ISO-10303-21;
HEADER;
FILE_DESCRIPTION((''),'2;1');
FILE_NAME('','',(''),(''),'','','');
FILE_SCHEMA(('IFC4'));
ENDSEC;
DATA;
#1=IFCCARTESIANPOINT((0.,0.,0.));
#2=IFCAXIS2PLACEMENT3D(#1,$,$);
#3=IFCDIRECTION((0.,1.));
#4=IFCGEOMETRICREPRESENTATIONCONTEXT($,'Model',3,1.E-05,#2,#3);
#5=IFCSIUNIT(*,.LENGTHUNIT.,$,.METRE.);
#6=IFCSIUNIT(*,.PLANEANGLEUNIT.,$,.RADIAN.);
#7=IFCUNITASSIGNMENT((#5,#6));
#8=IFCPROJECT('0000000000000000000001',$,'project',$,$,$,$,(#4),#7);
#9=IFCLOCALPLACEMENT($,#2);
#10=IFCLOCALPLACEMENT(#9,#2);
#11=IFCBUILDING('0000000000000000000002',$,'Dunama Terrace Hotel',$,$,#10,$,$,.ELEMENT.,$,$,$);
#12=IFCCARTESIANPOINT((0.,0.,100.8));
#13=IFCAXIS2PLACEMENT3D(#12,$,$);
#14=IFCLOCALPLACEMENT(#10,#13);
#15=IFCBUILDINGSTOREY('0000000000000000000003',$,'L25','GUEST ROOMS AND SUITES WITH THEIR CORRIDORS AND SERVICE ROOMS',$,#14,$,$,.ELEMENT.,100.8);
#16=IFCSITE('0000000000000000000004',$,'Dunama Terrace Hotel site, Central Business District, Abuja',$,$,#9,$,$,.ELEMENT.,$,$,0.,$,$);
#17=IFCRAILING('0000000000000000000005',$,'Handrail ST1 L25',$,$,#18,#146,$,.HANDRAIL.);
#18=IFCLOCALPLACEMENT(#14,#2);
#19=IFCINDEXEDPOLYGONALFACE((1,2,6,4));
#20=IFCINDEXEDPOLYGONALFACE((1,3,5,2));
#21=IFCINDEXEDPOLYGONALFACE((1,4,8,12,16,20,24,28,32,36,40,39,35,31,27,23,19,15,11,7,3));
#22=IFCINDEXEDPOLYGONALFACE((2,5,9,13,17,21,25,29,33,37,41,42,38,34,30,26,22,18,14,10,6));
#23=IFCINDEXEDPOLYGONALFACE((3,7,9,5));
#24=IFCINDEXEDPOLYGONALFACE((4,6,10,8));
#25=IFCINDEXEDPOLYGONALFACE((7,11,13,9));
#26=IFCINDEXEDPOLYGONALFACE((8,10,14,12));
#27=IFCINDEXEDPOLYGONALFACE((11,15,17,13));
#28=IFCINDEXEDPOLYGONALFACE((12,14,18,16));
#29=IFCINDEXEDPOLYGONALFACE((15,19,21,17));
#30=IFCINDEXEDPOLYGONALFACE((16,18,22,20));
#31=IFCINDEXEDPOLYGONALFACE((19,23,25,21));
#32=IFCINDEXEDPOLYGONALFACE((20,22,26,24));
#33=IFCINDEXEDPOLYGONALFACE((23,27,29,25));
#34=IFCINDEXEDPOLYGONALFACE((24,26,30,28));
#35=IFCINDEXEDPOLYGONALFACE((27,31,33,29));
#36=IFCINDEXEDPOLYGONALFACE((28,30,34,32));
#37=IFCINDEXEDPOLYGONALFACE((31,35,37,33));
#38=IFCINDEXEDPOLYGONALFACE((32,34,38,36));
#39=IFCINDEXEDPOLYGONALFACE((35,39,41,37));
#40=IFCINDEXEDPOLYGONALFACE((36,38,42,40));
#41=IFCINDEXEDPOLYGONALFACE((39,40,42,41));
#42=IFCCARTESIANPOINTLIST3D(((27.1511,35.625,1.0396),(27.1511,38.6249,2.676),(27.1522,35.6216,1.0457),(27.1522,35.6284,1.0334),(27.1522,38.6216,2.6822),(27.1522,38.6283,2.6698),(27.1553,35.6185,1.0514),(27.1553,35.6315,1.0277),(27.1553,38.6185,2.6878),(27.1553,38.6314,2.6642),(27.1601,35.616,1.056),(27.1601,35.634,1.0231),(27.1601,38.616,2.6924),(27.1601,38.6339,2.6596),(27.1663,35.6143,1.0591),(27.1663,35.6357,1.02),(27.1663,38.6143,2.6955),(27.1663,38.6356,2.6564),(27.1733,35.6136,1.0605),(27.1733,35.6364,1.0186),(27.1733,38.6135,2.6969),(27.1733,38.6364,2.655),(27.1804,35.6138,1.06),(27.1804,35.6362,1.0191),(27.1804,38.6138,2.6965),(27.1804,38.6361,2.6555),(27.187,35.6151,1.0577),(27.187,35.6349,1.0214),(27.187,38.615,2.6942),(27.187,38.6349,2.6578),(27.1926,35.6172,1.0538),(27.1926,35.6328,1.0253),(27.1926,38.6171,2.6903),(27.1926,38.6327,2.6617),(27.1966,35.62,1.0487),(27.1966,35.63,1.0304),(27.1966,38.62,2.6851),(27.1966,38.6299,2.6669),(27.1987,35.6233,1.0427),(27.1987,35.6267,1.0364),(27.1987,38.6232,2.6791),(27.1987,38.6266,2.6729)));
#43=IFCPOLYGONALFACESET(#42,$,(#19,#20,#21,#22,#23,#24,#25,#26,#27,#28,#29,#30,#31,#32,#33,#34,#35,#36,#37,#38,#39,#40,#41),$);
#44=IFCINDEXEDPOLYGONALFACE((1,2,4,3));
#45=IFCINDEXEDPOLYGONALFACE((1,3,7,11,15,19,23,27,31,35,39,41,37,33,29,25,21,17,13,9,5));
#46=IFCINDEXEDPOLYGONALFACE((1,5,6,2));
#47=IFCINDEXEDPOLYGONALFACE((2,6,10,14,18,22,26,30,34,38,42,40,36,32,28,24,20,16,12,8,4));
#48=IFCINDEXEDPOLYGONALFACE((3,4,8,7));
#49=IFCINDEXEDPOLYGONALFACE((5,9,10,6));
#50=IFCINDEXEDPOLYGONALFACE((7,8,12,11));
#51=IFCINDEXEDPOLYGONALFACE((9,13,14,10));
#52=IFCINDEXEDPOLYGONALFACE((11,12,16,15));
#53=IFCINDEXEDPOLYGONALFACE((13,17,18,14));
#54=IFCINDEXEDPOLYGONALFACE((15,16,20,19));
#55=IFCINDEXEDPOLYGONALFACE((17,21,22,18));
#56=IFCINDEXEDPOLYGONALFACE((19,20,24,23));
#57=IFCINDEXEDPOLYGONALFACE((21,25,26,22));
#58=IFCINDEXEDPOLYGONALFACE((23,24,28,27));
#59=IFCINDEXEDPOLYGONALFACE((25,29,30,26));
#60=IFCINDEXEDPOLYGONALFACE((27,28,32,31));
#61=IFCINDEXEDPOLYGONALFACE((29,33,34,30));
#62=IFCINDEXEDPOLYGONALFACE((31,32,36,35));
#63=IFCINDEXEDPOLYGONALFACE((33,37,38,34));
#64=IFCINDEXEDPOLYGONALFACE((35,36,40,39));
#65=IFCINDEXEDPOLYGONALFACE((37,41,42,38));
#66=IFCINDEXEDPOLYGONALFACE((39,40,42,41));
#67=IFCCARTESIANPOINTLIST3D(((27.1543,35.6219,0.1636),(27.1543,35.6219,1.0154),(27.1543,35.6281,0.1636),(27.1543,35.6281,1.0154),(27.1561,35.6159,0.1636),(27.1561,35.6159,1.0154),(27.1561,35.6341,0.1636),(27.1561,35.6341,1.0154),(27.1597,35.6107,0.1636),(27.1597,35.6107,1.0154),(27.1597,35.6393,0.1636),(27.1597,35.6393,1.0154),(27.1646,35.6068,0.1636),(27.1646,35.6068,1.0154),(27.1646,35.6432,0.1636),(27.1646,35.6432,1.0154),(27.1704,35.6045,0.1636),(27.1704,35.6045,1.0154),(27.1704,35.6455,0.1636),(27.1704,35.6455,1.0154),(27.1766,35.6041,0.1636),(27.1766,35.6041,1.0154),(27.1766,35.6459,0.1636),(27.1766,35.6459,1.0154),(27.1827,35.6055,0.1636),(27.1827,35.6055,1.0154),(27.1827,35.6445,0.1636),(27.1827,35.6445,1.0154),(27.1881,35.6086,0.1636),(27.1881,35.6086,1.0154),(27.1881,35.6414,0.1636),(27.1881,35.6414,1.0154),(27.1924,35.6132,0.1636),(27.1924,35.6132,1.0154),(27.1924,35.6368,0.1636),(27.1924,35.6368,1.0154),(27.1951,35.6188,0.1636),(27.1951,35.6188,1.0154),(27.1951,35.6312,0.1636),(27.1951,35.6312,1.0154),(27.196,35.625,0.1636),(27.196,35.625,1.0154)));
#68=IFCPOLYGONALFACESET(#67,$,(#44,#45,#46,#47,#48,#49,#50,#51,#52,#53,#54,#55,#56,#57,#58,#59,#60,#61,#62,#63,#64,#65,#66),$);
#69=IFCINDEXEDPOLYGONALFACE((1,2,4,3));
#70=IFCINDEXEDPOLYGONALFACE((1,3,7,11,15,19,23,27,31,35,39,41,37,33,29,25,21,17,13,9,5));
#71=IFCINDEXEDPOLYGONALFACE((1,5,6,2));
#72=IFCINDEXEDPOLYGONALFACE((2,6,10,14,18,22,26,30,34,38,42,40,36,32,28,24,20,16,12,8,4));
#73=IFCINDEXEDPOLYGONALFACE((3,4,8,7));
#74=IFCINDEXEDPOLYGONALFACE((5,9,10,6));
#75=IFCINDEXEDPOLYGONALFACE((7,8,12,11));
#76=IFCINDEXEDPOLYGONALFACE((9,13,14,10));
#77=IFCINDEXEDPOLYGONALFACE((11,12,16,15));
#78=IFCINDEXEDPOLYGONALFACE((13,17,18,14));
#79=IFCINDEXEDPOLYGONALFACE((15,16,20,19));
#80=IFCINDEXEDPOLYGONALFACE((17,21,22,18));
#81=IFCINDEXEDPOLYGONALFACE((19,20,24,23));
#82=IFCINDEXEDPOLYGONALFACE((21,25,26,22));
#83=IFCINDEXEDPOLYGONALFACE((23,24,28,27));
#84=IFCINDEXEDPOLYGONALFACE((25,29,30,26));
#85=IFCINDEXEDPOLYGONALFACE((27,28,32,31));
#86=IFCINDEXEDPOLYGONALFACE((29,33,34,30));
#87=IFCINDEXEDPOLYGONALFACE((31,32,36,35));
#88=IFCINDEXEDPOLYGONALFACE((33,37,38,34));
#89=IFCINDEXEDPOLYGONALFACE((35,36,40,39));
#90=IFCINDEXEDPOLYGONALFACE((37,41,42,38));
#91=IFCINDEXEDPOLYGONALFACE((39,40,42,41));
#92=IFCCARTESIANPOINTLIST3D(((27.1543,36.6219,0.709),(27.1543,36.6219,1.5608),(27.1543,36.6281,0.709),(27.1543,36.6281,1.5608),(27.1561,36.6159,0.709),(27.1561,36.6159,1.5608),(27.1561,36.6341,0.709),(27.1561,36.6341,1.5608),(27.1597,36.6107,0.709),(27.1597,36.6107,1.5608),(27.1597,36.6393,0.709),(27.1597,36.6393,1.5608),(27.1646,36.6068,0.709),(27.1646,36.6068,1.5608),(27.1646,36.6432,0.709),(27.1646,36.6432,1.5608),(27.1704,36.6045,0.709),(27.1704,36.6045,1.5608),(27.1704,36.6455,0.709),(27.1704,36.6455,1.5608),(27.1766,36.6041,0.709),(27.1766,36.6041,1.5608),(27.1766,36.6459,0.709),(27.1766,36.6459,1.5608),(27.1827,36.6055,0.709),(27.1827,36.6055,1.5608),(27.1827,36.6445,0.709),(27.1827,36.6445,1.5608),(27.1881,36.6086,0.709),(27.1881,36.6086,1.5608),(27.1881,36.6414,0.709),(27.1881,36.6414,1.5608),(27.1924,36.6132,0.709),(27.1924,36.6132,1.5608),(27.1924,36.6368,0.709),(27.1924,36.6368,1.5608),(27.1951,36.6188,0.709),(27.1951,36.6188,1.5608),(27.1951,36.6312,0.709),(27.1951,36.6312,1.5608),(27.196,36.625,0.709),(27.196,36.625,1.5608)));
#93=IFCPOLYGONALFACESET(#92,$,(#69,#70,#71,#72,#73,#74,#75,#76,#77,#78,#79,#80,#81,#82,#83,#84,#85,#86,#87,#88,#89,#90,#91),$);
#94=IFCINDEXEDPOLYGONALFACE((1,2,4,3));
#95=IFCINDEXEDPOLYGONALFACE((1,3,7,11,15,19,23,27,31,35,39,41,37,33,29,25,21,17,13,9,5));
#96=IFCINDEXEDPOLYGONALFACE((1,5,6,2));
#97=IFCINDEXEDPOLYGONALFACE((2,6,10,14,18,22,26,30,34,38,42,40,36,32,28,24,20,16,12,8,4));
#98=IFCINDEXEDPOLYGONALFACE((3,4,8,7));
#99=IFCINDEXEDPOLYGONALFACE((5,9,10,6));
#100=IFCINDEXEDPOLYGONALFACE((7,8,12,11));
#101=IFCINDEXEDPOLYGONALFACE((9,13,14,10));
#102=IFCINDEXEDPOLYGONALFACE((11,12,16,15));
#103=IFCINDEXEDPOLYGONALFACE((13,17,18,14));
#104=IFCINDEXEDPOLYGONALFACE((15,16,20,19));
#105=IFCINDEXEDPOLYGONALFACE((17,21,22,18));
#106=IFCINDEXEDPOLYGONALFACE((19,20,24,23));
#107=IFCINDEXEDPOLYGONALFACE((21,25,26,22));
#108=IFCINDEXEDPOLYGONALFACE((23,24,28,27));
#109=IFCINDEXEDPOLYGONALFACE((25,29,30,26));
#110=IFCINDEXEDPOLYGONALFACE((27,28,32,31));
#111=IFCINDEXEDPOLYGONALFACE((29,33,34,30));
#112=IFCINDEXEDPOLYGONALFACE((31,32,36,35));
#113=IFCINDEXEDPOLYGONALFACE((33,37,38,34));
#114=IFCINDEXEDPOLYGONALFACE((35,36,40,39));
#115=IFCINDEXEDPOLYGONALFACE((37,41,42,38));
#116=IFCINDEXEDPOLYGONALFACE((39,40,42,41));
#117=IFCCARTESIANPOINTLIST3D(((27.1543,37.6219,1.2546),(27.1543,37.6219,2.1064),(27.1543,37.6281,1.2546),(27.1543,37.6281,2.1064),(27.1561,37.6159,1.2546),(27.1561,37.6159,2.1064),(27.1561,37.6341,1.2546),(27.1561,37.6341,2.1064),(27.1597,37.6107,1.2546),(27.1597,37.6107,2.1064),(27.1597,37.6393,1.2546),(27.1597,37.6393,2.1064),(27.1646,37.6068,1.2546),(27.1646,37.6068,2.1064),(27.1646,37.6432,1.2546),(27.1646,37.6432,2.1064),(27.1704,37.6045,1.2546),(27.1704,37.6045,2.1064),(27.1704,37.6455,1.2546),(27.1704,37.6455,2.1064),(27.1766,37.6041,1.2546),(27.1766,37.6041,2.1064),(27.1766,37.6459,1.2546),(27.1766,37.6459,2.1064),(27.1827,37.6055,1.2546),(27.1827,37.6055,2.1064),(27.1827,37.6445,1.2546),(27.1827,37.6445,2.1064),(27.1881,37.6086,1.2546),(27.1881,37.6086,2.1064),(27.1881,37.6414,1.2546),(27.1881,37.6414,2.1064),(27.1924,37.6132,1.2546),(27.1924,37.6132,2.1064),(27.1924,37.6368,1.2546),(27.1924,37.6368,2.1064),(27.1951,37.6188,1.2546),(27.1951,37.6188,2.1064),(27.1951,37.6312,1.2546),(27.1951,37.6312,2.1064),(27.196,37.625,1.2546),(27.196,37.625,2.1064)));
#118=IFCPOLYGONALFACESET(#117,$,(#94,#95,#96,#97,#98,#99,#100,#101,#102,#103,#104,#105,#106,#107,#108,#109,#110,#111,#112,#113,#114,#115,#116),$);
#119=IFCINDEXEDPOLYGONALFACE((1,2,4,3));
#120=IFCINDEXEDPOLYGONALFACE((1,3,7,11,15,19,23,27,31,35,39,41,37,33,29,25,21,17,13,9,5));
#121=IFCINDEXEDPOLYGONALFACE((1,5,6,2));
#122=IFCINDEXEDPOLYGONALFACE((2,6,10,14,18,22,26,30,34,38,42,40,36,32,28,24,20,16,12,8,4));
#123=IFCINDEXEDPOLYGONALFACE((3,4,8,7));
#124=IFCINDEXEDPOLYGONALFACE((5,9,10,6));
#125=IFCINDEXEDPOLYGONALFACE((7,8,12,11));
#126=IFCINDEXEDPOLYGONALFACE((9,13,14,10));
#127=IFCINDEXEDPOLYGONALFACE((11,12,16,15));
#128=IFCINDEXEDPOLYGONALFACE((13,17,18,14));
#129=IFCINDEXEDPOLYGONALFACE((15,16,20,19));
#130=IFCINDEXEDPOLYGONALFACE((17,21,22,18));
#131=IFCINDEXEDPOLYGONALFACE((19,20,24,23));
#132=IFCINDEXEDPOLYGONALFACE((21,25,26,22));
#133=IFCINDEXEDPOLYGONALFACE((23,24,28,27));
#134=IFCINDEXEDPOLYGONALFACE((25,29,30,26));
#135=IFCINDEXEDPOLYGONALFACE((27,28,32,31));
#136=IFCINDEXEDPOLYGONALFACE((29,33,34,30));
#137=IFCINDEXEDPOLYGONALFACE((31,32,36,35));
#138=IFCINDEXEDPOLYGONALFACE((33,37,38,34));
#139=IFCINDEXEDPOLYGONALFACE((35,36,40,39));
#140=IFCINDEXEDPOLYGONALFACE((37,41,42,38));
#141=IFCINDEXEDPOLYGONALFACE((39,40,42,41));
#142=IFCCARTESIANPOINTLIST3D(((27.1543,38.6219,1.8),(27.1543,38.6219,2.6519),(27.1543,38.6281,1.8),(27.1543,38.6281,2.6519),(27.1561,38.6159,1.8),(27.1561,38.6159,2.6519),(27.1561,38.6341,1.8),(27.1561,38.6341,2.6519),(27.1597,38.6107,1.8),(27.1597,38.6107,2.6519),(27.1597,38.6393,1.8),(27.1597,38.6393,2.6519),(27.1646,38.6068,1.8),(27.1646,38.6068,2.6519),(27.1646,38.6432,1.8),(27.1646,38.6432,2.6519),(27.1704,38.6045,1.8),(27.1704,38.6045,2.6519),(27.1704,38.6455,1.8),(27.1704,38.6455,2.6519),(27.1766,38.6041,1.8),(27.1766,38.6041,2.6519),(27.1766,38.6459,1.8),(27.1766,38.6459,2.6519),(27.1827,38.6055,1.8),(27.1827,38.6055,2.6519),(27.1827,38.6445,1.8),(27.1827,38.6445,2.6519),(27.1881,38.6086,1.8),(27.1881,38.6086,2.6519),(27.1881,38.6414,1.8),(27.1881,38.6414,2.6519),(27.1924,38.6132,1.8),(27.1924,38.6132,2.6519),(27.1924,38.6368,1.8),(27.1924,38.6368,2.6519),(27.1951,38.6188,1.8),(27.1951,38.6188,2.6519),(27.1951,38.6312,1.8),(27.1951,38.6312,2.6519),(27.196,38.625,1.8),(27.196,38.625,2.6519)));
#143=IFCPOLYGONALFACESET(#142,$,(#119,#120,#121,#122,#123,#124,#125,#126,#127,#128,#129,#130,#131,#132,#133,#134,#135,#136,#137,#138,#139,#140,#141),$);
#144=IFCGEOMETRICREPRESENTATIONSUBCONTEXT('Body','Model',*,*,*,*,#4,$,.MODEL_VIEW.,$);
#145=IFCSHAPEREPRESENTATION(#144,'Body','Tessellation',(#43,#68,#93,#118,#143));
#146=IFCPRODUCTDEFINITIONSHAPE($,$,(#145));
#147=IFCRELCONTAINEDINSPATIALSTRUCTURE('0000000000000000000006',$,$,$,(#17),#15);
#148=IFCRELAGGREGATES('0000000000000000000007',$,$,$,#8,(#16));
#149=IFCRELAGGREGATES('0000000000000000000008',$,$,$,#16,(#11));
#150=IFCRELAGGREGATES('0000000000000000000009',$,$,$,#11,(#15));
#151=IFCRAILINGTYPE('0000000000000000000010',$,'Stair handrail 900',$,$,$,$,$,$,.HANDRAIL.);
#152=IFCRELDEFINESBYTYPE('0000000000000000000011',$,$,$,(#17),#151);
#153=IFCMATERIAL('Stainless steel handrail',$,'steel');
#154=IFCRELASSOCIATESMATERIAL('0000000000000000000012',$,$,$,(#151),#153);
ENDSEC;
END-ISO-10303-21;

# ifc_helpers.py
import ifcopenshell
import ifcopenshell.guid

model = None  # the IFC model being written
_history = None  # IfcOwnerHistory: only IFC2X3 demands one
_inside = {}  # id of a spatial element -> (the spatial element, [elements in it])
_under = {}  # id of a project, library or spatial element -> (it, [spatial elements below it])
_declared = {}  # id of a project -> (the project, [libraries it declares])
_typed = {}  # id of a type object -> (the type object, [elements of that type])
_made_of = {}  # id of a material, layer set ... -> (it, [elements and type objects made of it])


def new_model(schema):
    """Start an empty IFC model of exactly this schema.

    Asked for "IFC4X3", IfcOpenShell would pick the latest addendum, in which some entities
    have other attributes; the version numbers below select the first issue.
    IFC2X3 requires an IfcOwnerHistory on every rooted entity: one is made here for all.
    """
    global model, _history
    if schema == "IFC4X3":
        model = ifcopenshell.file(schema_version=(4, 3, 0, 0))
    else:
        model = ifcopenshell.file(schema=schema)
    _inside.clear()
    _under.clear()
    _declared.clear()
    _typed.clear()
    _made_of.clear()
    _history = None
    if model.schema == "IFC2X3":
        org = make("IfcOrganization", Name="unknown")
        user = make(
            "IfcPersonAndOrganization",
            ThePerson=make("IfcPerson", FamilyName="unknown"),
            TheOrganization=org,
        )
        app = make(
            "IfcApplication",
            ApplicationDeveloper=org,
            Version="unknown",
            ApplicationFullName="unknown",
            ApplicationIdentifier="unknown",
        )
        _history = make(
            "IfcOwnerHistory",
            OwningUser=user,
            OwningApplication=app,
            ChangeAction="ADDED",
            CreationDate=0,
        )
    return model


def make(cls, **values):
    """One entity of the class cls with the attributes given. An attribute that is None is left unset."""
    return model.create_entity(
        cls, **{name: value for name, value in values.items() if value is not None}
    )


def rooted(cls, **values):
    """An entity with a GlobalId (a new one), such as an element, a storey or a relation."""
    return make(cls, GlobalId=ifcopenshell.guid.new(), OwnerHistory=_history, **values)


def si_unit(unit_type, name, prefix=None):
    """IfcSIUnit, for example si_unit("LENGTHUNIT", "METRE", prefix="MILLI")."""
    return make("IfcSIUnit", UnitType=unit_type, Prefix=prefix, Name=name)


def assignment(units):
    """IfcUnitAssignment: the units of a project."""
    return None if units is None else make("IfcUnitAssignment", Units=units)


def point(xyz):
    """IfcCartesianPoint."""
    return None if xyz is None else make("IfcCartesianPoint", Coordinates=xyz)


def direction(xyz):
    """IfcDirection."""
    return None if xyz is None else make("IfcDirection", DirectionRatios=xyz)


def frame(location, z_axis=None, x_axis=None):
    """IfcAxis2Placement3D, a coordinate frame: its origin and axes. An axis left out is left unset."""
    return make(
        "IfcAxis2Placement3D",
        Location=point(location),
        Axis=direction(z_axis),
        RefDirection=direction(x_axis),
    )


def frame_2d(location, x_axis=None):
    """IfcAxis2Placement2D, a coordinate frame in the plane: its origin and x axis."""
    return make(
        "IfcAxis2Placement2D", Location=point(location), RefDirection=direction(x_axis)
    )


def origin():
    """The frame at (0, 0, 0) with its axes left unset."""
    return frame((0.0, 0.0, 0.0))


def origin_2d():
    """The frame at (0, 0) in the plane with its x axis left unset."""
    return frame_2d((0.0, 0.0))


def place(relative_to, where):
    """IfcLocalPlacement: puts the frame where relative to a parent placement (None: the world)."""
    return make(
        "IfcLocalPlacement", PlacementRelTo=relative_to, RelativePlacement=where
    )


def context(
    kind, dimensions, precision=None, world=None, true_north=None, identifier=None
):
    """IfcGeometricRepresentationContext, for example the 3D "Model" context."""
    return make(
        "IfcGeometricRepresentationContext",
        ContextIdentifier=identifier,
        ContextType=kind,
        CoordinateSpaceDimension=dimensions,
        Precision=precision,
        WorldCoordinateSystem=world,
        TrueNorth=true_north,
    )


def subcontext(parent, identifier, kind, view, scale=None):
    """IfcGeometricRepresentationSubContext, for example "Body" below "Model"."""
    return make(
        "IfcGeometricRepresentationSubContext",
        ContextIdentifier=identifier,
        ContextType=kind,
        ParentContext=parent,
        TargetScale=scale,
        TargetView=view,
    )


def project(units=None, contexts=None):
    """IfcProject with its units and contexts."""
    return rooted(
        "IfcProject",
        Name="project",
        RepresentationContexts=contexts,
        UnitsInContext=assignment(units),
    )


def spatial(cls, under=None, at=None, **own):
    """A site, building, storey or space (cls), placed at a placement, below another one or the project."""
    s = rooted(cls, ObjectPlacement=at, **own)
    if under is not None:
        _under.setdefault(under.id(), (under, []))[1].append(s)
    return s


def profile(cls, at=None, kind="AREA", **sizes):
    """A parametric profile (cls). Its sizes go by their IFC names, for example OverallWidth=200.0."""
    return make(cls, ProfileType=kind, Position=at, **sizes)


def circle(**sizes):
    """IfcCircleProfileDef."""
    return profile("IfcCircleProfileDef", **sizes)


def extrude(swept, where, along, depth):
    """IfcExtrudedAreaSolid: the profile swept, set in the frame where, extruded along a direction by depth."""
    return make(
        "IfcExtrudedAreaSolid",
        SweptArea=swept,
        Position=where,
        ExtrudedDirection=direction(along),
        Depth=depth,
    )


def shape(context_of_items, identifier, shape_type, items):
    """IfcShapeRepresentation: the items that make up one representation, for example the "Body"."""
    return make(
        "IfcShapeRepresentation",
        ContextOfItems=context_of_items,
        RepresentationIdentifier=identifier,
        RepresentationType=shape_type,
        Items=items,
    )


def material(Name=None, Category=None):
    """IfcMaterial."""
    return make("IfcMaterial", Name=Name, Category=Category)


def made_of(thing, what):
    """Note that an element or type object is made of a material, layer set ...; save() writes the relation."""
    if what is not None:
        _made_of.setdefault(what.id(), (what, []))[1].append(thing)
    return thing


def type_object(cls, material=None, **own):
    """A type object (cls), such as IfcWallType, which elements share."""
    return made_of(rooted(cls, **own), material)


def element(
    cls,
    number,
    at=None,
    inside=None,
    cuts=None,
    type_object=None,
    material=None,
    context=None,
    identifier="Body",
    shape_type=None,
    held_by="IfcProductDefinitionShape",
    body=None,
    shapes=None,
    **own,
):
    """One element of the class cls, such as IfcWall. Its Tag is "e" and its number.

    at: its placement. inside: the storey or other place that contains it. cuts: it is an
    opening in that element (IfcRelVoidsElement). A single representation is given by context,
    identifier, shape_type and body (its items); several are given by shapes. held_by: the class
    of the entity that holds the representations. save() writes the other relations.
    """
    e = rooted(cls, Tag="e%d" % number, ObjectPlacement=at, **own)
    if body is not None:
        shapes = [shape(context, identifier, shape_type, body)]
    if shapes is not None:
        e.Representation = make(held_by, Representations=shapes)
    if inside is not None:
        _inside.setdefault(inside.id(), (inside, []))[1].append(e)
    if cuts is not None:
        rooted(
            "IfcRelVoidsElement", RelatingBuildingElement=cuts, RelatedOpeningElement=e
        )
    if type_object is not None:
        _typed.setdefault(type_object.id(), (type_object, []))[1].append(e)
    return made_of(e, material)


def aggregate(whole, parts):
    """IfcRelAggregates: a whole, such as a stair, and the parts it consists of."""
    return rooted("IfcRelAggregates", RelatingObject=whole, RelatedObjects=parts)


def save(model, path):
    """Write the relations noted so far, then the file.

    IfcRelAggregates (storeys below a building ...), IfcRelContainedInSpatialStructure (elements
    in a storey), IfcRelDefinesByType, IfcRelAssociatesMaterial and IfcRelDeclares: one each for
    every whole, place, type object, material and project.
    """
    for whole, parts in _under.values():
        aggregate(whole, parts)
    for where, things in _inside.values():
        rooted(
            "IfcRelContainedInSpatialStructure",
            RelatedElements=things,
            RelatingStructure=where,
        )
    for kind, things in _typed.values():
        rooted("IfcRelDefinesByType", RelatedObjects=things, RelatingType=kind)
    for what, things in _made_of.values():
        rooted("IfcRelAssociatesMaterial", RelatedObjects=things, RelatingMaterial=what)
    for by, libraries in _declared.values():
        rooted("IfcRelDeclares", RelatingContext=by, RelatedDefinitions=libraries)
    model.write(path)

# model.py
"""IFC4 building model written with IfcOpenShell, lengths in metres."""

from ifc_helpers import new_model, si_unit, direction, frame, origin, origin_2d, place, context, subcontext, project, spatial, circle, extrude, material, type_object, element, save


model = new_model("IFC4")

# Units and contexts
model_context = context("Model", 3, precision=1e-05, world=origin(), true_north=direction((0.0, 1.0)))
body_context = subcontext(model_context, "Body", "Model", "MODEL_VIEW")
ifc_project = project(units=[si_unit("LENGTHUNIT", "METRE"), si_unit("PLANEANGLEUNIT", "RADIAN")], contexts=[model_context])

# Site, building, storey
site_placement = place(None, origin())
site = spatial("IfcSite", under=ifc_project, at=site_placement, Name="Dunama Terrace Hotel site, Central Business District, Abuja", CompositionType="ELEMENT", RefElevation=0.0)
building_placement = place(site_placement, origin())
building = spatial("IfcBuilding", under=site, at=building_placement, Name="Dunama Terrace Hotel", CompositionType="ELEMENT")
storey_placement = place(building_placement, frame((0.0, 0.0, 100.8)))
storey = spatial("IfcBuildingStorey", under=building, at=storey_placement, Name="L25", Description="GUEST ROOMS AND SUITES WITH THEIR CORRIDORS AND SERVICE ROOMS", CompositionType="ELEMENT", Elevation=100.8)

# Railing
ifc_material_1 = material(Name="Stainless steel handrail", Category="steel")
railing_type = type_object("IfcRailingType", Name="Stair handrail 900", PredefinedType="HANDRAIL", material=ifc_material_1)
railing_1_placement = place(storey_placement, frame((27.175, 35.625, 0.1636)))
element("IfcRailing", 1, at=railing_1_placement, inside=storey, type_object=railing_type, Name="Handrail ST1 L25", PredefinedType="HANDRAIL", context=body_context, shape_type="SweptSolid", body=[
    extrude(circle(Radius=0.0239, at=origin_2d()), frame((0.0, 0.0, 0.876), z_axis=(0.0, 0.877882, 0.478877), x_axis=(-1.0, 0.0, 0.0)), (0.0, 0.0, 1.0), 3.4172),
    extrude(circle(Radius=0.021, at=origin_2d()), origin(), (0.0, 0.0, 1.0), 0.8518),
    extrude(circle(Radius=0.021, at=origin_2d()), frame((0.0, 1.0, 0.5454)), (0.0, 0.0, 1.0), 0.8518),
    extrude(circle(Radius=0.021, at=origin_2d()), frame((0.0, 2.0, 1.0911)), (0.0, 0.0, 1.0), 0.8518),
    extrude(circle(Radius=0.021, at=origin_2d()), frame((0.0, 3.0, 1.6365)), (0.0, 0.0, 1.0), 0.8518),
])

save(model, "model.ifc")
